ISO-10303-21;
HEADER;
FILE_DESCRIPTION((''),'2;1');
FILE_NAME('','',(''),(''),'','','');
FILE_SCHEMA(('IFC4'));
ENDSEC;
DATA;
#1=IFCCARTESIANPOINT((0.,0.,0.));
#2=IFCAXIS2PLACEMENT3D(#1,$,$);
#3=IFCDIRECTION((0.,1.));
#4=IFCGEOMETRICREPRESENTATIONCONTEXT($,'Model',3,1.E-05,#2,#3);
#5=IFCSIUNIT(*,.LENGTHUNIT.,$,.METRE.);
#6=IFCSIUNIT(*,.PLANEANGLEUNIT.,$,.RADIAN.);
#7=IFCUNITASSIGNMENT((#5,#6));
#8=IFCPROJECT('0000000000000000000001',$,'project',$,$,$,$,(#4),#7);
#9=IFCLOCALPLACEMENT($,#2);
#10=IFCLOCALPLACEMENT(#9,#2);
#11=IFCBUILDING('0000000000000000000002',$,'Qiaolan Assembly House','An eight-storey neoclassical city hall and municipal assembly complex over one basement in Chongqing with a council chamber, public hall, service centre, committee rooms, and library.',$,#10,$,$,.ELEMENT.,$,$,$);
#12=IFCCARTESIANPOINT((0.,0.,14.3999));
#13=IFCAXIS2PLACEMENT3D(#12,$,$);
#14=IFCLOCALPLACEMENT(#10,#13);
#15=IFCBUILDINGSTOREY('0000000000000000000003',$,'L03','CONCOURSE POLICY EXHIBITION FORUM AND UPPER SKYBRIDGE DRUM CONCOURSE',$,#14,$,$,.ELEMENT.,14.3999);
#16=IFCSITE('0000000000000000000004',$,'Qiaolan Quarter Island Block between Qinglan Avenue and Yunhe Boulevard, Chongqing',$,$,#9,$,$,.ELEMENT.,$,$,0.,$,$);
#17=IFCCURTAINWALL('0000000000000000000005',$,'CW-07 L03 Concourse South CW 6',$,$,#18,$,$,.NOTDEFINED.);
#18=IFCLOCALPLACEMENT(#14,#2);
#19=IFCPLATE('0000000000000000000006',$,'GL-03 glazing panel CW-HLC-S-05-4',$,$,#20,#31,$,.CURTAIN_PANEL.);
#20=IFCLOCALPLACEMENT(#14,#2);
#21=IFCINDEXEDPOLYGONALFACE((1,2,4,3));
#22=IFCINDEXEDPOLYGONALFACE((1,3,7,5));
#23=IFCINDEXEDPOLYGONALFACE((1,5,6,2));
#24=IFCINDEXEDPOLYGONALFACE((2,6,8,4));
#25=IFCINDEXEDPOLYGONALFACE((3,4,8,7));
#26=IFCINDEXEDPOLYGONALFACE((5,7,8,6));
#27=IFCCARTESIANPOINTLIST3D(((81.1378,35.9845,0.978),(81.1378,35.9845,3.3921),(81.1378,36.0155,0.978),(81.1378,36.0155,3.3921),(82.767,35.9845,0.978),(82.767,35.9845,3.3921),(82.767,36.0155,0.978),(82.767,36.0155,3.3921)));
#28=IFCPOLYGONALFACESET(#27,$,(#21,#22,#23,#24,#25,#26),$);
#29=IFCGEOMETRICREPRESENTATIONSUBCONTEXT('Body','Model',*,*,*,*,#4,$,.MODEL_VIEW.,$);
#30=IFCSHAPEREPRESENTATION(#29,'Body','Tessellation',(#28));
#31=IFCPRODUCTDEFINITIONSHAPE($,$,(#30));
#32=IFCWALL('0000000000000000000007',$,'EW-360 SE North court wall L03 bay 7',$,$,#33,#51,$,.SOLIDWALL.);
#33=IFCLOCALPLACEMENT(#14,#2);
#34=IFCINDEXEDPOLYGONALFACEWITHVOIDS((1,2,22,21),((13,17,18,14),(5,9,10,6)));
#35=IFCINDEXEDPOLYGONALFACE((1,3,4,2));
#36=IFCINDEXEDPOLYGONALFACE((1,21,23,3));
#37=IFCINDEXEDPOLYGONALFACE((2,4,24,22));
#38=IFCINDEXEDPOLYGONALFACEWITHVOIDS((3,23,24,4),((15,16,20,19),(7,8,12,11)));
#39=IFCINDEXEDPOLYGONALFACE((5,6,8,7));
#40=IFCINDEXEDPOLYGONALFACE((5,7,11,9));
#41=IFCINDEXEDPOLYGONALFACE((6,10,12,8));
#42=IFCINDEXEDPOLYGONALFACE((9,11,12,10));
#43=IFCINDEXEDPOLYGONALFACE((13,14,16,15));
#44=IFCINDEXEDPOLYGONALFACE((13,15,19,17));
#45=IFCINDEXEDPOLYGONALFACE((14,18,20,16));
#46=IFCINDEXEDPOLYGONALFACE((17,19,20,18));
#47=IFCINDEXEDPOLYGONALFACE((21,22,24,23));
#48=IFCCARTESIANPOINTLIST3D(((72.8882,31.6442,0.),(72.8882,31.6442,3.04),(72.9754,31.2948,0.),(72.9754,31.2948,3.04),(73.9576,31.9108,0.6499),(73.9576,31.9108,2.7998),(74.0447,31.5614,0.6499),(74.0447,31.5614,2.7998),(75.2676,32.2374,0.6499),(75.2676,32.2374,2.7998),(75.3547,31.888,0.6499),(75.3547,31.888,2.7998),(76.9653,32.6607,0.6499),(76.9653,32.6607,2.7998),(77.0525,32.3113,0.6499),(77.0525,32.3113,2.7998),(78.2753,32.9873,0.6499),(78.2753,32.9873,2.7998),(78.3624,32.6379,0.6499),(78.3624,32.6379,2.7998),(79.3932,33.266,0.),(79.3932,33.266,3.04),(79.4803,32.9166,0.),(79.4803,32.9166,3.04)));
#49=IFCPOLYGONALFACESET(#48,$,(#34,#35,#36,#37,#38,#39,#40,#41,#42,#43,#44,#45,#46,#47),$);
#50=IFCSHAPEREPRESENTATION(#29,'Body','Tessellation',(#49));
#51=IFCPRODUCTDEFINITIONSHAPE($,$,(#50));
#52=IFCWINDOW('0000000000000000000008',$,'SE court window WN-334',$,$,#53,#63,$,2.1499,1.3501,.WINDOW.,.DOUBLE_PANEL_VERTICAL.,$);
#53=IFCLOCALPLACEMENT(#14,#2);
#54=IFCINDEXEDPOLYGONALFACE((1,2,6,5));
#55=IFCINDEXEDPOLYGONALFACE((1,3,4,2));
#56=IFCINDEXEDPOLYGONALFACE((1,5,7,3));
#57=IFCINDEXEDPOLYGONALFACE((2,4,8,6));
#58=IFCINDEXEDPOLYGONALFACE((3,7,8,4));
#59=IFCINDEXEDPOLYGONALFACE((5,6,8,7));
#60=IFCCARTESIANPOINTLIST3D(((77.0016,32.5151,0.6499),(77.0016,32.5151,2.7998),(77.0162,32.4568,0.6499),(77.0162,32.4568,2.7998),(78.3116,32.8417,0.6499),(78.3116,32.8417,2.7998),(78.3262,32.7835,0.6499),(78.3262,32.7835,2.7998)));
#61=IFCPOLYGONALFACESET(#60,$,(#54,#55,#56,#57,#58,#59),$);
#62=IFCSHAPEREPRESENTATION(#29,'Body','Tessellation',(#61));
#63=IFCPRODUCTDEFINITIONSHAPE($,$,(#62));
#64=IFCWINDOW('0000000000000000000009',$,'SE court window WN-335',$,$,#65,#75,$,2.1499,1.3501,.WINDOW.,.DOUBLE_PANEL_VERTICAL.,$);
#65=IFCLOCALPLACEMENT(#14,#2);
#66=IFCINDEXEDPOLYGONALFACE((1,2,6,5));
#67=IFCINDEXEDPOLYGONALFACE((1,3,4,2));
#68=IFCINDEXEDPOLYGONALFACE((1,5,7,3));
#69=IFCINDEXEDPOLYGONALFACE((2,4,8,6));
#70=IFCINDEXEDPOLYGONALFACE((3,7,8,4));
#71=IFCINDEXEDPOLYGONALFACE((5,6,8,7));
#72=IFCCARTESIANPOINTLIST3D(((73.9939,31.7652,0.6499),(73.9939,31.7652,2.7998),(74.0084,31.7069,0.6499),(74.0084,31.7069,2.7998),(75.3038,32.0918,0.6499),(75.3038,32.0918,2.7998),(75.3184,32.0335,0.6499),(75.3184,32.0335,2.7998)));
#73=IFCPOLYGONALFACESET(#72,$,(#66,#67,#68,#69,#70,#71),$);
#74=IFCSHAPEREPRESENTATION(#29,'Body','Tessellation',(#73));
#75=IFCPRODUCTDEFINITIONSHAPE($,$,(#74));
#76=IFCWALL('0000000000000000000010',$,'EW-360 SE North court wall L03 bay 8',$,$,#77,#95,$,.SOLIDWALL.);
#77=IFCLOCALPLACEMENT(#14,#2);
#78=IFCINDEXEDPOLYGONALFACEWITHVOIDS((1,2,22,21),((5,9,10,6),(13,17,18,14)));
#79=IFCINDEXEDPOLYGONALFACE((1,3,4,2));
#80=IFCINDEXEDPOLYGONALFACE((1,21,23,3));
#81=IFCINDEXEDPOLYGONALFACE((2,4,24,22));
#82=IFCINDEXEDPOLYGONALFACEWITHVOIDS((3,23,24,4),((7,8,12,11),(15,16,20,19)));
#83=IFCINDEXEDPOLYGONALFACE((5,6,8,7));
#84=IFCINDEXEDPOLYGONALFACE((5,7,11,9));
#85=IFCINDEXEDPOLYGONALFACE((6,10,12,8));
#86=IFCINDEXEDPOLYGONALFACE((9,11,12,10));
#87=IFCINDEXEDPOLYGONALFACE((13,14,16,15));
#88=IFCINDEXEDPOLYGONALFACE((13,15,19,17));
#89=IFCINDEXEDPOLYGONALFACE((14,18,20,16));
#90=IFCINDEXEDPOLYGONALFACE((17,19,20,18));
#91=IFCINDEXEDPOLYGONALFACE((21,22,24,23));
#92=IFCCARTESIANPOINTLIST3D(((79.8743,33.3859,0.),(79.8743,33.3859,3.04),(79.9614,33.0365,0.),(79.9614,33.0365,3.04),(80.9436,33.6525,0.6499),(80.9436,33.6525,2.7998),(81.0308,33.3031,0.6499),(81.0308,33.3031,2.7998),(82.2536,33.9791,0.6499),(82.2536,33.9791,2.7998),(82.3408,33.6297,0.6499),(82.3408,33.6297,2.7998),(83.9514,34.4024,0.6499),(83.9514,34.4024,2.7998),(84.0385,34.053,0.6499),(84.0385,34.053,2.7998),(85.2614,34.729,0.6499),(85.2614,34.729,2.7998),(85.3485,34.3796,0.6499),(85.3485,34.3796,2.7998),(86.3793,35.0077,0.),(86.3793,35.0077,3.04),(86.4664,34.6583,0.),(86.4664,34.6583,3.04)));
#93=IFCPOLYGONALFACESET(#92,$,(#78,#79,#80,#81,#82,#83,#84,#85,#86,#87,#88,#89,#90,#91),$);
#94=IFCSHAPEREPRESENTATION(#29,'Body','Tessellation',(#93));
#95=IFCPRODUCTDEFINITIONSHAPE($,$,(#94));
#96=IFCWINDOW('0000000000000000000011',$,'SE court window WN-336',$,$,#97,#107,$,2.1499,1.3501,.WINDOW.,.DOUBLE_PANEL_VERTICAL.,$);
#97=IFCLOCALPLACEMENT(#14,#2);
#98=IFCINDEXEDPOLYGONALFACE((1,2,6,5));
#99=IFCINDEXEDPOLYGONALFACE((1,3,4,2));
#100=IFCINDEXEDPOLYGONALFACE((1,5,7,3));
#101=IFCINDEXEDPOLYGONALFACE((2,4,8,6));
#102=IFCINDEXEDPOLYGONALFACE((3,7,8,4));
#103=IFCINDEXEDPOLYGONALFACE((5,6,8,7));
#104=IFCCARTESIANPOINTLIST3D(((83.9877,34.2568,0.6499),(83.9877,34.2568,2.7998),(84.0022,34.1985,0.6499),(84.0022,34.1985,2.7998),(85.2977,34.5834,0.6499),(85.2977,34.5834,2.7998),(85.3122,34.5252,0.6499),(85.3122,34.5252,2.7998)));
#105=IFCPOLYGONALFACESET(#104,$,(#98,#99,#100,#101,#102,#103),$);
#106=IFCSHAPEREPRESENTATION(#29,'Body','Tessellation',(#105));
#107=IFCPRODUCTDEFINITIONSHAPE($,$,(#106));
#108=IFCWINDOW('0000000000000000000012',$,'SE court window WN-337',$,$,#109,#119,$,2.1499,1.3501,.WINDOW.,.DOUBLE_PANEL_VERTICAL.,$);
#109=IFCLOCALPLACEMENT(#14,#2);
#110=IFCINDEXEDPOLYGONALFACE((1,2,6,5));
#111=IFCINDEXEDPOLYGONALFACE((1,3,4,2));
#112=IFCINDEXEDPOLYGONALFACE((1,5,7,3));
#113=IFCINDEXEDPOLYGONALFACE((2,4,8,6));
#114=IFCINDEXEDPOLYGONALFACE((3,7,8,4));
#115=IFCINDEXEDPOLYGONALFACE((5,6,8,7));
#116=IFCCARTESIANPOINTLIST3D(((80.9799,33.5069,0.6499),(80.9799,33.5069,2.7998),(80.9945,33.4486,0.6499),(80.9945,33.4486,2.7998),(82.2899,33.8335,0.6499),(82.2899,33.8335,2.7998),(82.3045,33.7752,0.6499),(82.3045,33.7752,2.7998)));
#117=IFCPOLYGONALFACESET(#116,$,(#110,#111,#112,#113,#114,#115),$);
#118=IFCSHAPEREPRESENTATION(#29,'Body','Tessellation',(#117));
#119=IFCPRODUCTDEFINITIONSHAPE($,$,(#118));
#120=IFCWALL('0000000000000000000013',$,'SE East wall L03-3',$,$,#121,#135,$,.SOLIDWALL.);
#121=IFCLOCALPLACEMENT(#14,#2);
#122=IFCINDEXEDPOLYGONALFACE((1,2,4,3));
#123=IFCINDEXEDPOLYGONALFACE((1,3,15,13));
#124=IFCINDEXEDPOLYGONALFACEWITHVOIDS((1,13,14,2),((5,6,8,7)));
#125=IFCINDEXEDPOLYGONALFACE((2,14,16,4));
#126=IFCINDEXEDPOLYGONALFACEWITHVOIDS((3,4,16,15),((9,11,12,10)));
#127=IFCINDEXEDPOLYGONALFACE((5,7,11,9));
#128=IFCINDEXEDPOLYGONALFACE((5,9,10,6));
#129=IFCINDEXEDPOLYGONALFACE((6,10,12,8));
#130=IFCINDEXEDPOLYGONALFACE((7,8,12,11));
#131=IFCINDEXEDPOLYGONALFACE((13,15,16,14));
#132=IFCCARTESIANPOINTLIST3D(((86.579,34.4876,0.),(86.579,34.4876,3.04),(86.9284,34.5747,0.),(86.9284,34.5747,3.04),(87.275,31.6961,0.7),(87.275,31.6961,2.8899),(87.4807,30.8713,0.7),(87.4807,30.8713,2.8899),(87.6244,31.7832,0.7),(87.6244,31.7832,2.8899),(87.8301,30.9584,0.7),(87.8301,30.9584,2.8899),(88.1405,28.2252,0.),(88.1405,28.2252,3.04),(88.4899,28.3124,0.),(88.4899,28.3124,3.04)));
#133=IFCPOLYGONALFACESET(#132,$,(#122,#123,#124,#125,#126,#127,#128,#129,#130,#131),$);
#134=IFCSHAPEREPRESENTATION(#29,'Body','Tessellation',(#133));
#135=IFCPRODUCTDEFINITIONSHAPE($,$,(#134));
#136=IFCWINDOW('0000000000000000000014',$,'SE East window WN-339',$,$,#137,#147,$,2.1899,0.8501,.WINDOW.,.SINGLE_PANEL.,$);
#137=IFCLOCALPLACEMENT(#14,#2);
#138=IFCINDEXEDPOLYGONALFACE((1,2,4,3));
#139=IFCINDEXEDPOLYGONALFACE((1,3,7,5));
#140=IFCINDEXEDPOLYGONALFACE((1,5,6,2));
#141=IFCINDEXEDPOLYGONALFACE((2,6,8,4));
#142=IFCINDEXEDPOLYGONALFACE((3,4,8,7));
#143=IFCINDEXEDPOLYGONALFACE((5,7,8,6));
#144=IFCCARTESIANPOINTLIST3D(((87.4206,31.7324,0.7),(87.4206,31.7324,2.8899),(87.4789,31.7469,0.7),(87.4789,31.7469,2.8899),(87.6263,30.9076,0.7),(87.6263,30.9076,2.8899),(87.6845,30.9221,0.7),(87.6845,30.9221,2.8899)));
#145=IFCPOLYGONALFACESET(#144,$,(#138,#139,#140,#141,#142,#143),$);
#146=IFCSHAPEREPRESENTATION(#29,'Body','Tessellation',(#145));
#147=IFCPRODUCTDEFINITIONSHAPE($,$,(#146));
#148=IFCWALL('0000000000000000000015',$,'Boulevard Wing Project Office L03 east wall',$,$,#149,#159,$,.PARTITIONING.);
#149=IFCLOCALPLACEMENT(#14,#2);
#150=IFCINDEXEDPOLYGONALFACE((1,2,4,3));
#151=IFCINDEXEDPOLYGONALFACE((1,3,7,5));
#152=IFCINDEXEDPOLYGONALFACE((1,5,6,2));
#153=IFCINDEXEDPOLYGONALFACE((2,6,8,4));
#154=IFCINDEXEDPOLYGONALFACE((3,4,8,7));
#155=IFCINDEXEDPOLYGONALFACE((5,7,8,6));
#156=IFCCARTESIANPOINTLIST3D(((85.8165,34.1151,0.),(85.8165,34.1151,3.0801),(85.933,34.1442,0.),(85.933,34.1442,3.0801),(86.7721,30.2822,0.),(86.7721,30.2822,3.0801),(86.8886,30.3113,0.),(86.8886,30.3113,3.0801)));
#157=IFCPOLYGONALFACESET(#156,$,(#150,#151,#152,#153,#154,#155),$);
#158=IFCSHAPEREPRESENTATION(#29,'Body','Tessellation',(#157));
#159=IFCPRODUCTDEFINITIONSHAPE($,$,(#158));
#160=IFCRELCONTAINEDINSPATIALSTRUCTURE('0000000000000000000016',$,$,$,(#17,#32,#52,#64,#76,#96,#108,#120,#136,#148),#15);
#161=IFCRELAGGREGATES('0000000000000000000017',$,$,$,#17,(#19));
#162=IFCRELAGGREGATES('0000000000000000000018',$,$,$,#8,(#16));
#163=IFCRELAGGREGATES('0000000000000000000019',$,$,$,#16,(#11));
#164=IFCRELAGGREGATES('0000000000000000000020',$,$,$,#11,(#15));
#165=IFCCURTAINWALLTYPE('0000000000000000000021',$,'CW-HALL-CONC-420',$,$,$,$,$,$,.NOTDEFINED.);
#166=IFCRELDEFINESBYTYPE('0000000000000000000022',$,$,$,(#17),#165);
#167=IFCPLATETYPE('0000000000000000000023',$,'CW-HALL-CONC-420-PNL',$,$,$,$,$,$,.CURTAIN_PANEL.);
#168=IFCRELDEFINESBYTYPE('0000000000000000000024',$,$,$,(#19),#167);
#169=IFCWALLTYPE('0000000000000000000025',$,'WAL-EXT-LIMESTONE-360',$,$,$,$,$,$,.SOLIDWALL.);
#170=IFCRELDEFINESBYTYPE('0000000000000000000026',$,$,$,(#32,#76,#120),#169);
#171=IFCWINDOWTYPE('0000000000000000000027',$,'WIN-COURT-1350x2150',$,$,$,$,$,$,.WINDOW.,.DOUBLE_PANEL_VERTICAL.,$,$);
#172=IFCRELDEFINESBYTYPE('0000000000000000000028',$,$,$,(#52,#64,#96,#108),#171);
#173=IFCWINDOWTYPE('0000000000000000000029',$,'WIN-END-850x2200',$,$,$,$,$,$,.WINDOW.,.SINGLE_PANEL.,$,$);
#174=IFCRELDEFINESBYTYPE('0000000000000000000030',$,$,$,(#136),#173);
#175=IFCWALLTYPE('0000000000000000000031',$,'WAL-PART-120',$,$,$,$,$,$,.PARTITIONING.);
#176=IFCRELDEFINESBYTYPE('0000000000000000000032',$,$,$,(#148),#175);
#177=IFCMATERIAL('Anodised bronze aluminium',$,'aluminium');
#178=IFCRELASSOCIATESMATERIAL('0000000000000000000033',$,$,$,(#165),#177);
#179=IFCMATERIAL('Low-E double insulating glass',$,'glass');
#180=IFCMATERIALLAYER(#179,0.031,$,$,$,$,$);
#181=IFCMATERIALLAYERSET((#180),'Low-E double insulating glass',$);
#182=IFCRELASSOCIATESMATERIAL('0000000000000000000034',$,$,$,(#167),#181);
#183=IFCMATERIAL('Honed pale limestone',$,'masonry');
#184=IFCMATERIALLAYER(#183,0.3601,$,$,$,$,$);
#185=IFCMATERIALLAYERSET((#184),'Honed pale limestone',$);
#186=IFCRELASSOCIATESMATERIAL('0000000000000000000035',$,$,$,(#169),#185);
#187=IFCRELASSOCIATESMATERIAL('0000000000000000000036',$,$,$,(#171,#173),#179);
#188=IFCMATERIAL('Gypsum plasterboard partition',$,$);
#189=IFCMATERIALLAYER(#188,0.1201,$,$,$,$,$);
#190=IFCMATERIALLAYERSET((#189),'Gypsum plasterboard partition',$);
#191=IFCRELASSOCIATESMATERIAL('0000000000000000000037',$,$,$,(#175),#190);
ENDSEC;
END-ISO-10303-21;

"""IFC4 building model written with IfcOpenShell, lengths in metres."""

from ifc_helpers import new_model, si_unit, direction, frame, frame_2d, origin, place, context, subcontext, project, spatial, rectangle, extrude, material, layer, layer_set, type_object, element, fill, aggregate, save


model = new_model("IFC4")

# Units and contexts
model_context = context("Model", 3, precision=1e-05, world=origin(), true_north=direction((0.0, 1.0)))
body_context = subcontext(model_context, "Body", "Model", "MODEL_VIEW")
ifc_project = project(units=[si_unit("LENGTHUNIT", "METRE"), si_unit("PLANEANGLEUNIT", "RADIAN")], contexts=[model_context])

# Site, building, storey
site_placement = place(None, origin())
site = spatial("IfcSite", under=ifc_project, at=site_placement, Name="Qiaolan Quarter Island Block between Qinglan Avenue and Yunhe Boulevard, Chongqing", CompositionType="ELEMENT", RefElevation=0.0)
building_placement = place(site_placement, origin())
building = spatial("IfcBuilding", under=site, at=building_placement, Name="Qiaolan Assembly House", Description="An eight-storey neoclassical city hall and municipal assembly complex over one basement in Chongqing with a council chamber, public hall, service centre, committee rooms, and library.", CompositionType="ELEMENT")
storey_placement = place(building_placement, frame((0.0, 0.0, 14.3999)))
storey = spatial("IfcBuildingStorey", under=building, at=storey_placement, Name="L03", Description="CONCOURSE POLICY EXHIBITION FORUM AND UPPER SKYBRIDGE DRUM CONCOURSE", CompositionType="ELEMENT", Elevation=14.3999)

# Curtain wall, plate
ifc_material_1 = material(Name="Anodised bronze aluminium", Category="aluminium")
curtain_wall_type = type_object("IfcCurtainWallType", Name="CW-HALL-CONC-420", PredefinedType="NOTDEFINED", material=ifc_material_1)
curtain_wall_placement = place(storey_placement, origin())
curtain_wall = element("IfcCurtainWall", 1, at=curtain_wall_placement, inside=storey, type_object=curtain_wall_type, Name="CW-07 L03 Concourse South CW 6", PredefinedType="NOTDEFINED")
ifc_material_2 = material(Name="Low-E double insulating glass", Category="glass")
ifc_layer_1 = layer(ifc_material_2, 0.031)
ifc_layer_set_1 = layer_set([ifc_layer_1], Name="Low-E double insulating glass")
plate_type = type_object("IfcPlateType", Name="CW-HALL-CONC-420-PNL", PredefinedType="CURTAIN_PANEL", material=ifc_layer_set_1)
plate_1_placement = place(storey_placement, frame((81.1379, 36.0, 0.978), z_axis=(0.0, 0.0, 1.0), x_axis=(1.0, 0.0, 0.0)))
plate_1 = element("IfcPlate", 2, at=plate_1_placement, type_object=plate_type, Name="GL-03 glazing panel CW-HLC-S-05-4", PredefinedType="CURTAIN_PANEL", context=body_context, shape_type="SweptSolid", body=[
    extrude(rectangle(XDim=1.6292, YDim=0.031, at=frame_2d((0.8145, 0.0))), origin(), (0.0, 0.0, 1.0), 2.4141),
])
aggregate(curtain_wall, [plate_1])

# Walls, openings, windows
ifc_material_3 = material(Name="Honed pale limestone", Category="masonry")
ifc_layer_2 = layer(ifc_material_3, 0.3601)
ifc_layer_set_2 = layer_set([ifc_layer_2], Name="Honed pale limestone")
wall_type_1 = type_object("IfcWallType", Name="WAL-EXT-LIMESTONE-360", PredefinedType="SOLIDWALL", material=ifc_layer_set_2)
wall_1_placement = place(storey_placement, frame((79.4368, 33.0913, 0.0), z_axis=(0.0, 0.0, 1.0), x_axis=(-0.970297, -0.241919, 0.0)))
wall_1 = element("IfcWall", 3, at=wall_1_placement, inside=storey, type_object=wall_type_1, Name="EW-360 SE North court wall L03 bay 7", PredefinedType="SOLIDWALL", context=body_context, shape_type="SweptSolid", body=[
    extrude(rectangle(XDim=6.7041, YDim=0.3601, at=frame_2d((3.3521, 0.0))), origin(), (0.0, 0.0, 1.0), 3.04),
])
opening_1_placement = place(wall_1_placement, frame((1.1521, 0.0, 0.6499)))
opening_1 = element("IfcOpeningElement", 4, at=opening_1_placement, cuts=wall_1, PredefinedType="OPENING", context=body_context, shape_type="SweptSolid", body=[
    extrude(rectangle(XDim=1.3501, YDim=2.1499, at=frame_2d((0.675, 1.075))), frame((0.0, 0.1899, 0.0), z_axis=(0.0, -1.0, 0.0), x_axis=(1.0, 0.0, 0.0)), (0.0, 0.0, 1.0), 0.3801),
])
opening_2_placement = place(wall_1_placement, frame((4.252, 0.0, 0.6499)))
opening_2 = element("IfcOpeningElement", 5, at=opening_2_placement, cuts=wall_1, PredefinedType="OPENING", context=body_context, shape_type="SweptSolid", body=[
    extrude(rectangle(XDim=1.3501, YDim=2.1499, at=frame_2d((0.675, 1.075))), frame((0.0, 0.1899, 0.0), z_axis=(0.0, -1.0, 0.0), x_axis=(1.0, 0.0, 0.0)), (0.0, 0.0, 1.0), 0.3801),
])
window_type_1 = type_object("IfcWindowType", Name="WIN-COURT-1350x2150", PartitioningType="DOUBLE_PANEL_VERTICAL", PredefinedType="WINDOW", material=ifc_material_2)
window_1_placement = place(opening_1_placement, origin())
window_1 = element("IfcWindow", 6, at=window_1_placement, inside=storey, type_object=window_type_1, Name="SE court window WN-334", OverallHeight=2.1499, OverallWidth=1.3501, PartitioningType="DOUBLE_PANEL_VERTICAL", PredefinedType="WINDOW", context=body_context, shape_type="SweptSolid", body=[
    extrude(rectangle(XDim=1.3501, YDim=2.1499, at=frame_2d((0.675, 1.075))), frame((0.0, 0.03, 0.0), z_axis=(0.0, -1.0, 0.0), x_axis=(1.0, 0.0, 0.0)), (0.0, 0.0, 1.0), 0.0601),
])
fill(opening_1, window_1)
window_2_placement = place(opening_2_placement, origin())
window_2 = element("IfcWindow", 7, at=window_2_placement, inside=storey, type_object=window_type_1, Name="SE court window WN-335", OverallHeight=2.1499, OverallWidth=1.3501, PartitioningType="DOUBLE_PANEL_VERTICAL", PredefinedType="WINDOW", context=body_context, shape_type="SweptSolid", body=[
    extrude(rectangle(XDim=1.3501, YDim=2.1499, at=frame_2d((0.675, 1.075))), frame((0.0, 0.03, 0.0), z_axis=(0.0, -1.0, 0.0), x_axis=(1.0, 0.0, 0.0)), (0.0, 0.0, 1.0), 0.0601),
])
fill(opening_2, window_2)
wall_2_placement = place(storey_placement, frame((86.4229, 34.833, 0.0), z_axis=(0.0, 0.0, 1.0), x_axis=(-0.970297, -0.241919, 0.0)))
wall_2 = element("IfcWall", 8, at=wall_2_placement, inside=storey, type_object=wall_type_1, Name="EW-360 SE North court wall L03 bay 8", PredefinedType="SOLIDWALL", context=body_context, shape_type="SweptSolid", body=[
    extrude(rectangle(XDim=6.7041, YDim=0.3601, at=frame_2d((3.3521, 0.0))), origin(), (0.0, 0.0, 1.0), 3.04),
])
opening_3_placement = place(wall_2_placement, frame((1.1521, 0.0, 0.6499)))
opening_3 = element("IfcOpeningElement", 9, at=opening_3_placement, cuts=wall_2, PredefinedType="OPENING", context=body_context, shape_type="SweptSolid", body=[
    extrude(rectangle(XDim=1.3501, YDim=2.1499, at=frame_2d((0.675, 1.075))), frame((0.0, 0.1899, 0.0), z_axis=(0.0, -1.0, 0.0), x_axis=(1.0, 0.0, 0.0)), (0.0, 0.0, 1.0), 0.3801),
])
opening_4_placement = place(wall_2_placement, frame((4.252, 0.0, 0.6499)))
opening_4 = element("IfcOpeningElement", 10, at=opening_4_placement, cuts=wall_2, PredefinedType="OPENING", context=body_context, shape_type="SweptSolid", body=[
    extrude(rectangle(XDim=1.3501, YDim=2.1499, at=frame_2d((0.675, 1.075))), frame((0.0, 0.1899, 0.0), z_axis=(0.0, -1.0, 0.0), x_axis=(1.0, 0.0, 0.0)), (0.0, 0.0, 1.0), 0.3801),
])
window_3_placement = place(opening_3_placement, origin())
window_3 = element("IfcWindow", 11, at=window_3_placement, inside=storey, type_object=window_type_1, Name="SE court window WN-336", OverallHeight=2.1499, OverallWidth=1.3501, PartitioningType="DOUBLE_PANEL_VERTICAL", PredefinedType="WINDOW", context=body_context, shape_type="SweptSolid", body=[
    extrude(rectangle(XDim=1.3501, YDim=2.1499, at=frame_2d((0.675, 1.075))), frame((0.0, 0.03, 0.0), z_axis=(0.0, -1.0, 0.0), x_axis=(1.0, 0.0, 0.0)), (0.0, 0.0, 1.0), 0.0601),
])
fill(opening_3, window_3)
window_4_placement = place(opening_4_placement, origin())
window_4 = element("IfcWindow", 12, at=window_4_placement, inside=storey, type_object=window_type_1, Name="SE court window WN-337", OverallHeight=2.1499, OverallWidth=1.3501, PartitioningType="DOUBLE_PANEL_VERTICAL", PredefinedType="WINDOW", context=body_context, shape_type="SweptSolid", body=[
    extrude(rectangle(XDim=1.3501, YDim=2.1499, at=frame_2d((0.675, 1.075))), frame((0.0, 0.03, 0.0), z_axis=(0.0, -1.0, 0.0), x_axis=(1.0, 0.0, 0.0)), (0.0, 0.0, 1.0), 0.0601),
])
fill(opening_4, window_4)

# Wall, opening, window
wall_3_placement = place(storey_placement, frame((88.3152, 28.2688, 0.0), z_axis=(0.0, 0.0, 1.0), x_axis=(-0.241939, 0.970291, 0.0)))
wall_3 = element("IfcWall", 13, at=wall_3_placement, inside=storey, type_object=wall_type_1, Name="SE East wall L03-3", PredefinedType="SOLIDWALL", context=body_context, shape_type="SweptSolid", body=[
    extrude(rectangle(XDim=6.4541, YDim=0.3601, at=frame_2d((3.2271, 0.0))), origin(), (0.0, 0.0, 1.0), 3.04),
])
opening_5_placement = place(wall_3_placement, frame((2.7271, 0.0, 0.7)))
opening_5 = element("IfcOpeningElement", 14, at=opening_5_placement, cuts=wall_3, PredefinedType="OPENING", context=body_context, shape_type="SweptSolid", body=[
    extrude(rectangle(XDim=0.8501, YDim=2.1899, at=frame_2d((0.425, 1.095))), frame((0.0, 0.1899, 0.0), z_axis=(0.0, -1.0, 0.0), x_axis=(1.0, 0.0, 0.0)), (0.0, 0.0, 1.0), 0.3801),
])
window_type_2 = type_object("IfcWindowType", Name="WIN-END-850x2200", PartitioningType="SINGLE_PANEL", PredefinedType="WINDOW", material=ifc_material_2)
window_5_placement = place(opening_5_placement, origin())
window_5 = element("IfcWindow", 15, at=window_5_placement, inside=storey, type_object=window_type_2, Name="SE East window WN-339", OverallHeight=2.1899, OverallWidth=0.8501, PartitioningType="SINGLE_PANEL", PredefinedType="WINDOW", context=body_context, shape_type="SweptSolid", body=[
    extrude(rectangle(XDim=0.8501, YDim=2.1899, at=frame_2d((0.425, 1.095))), frame((0.0, 0.03, 0.0), z_axis=(0.0, -1.0, 0.0), x_axis=(1.0, 0.0, 0.0)), (0.0, 0.0, 1.0), 0.0601),
])
fill(opening_5, window_5)

# Wall
ifc_material_4 = material(Name="Gypsum plasterboard partition")
ifc_layer_3 = layer(ifc_material_4, 0.1201)
ifc_layer_set_3 = layer_set([ifc_layer_3], Name="Gypsum plasterboard partition")
wall_type_2 = type_object("IfcWallType", Name="WAL-PART-120", PredefinedType="PARTITIONING", material=ifc_layer_set_3)
wall_4_placement = place(storey_placement, frame((85.8748, 34.1296, 0.0), z_axis=(0.0, 0.0, 1.0), x_axis=(0.24191, -0.970299, 0.0)))
element("IfcWall", 16, at=wall_4_placement, inside=storey, type_object=wall_type_2, Name="Boulevard Wing Project Office L03 east wall", PredefinedType="PARTITIONING", context=body_context, shape_type="SweptSolid", body=[
    extrude(rectangle(XDim=3.9502, YDim=0.1201, at=frame_2d((1.9751, 0.0))), origin(), (0.0, 0.0, 1.0), 3.0801),
])

save(model, "model.ifc")
